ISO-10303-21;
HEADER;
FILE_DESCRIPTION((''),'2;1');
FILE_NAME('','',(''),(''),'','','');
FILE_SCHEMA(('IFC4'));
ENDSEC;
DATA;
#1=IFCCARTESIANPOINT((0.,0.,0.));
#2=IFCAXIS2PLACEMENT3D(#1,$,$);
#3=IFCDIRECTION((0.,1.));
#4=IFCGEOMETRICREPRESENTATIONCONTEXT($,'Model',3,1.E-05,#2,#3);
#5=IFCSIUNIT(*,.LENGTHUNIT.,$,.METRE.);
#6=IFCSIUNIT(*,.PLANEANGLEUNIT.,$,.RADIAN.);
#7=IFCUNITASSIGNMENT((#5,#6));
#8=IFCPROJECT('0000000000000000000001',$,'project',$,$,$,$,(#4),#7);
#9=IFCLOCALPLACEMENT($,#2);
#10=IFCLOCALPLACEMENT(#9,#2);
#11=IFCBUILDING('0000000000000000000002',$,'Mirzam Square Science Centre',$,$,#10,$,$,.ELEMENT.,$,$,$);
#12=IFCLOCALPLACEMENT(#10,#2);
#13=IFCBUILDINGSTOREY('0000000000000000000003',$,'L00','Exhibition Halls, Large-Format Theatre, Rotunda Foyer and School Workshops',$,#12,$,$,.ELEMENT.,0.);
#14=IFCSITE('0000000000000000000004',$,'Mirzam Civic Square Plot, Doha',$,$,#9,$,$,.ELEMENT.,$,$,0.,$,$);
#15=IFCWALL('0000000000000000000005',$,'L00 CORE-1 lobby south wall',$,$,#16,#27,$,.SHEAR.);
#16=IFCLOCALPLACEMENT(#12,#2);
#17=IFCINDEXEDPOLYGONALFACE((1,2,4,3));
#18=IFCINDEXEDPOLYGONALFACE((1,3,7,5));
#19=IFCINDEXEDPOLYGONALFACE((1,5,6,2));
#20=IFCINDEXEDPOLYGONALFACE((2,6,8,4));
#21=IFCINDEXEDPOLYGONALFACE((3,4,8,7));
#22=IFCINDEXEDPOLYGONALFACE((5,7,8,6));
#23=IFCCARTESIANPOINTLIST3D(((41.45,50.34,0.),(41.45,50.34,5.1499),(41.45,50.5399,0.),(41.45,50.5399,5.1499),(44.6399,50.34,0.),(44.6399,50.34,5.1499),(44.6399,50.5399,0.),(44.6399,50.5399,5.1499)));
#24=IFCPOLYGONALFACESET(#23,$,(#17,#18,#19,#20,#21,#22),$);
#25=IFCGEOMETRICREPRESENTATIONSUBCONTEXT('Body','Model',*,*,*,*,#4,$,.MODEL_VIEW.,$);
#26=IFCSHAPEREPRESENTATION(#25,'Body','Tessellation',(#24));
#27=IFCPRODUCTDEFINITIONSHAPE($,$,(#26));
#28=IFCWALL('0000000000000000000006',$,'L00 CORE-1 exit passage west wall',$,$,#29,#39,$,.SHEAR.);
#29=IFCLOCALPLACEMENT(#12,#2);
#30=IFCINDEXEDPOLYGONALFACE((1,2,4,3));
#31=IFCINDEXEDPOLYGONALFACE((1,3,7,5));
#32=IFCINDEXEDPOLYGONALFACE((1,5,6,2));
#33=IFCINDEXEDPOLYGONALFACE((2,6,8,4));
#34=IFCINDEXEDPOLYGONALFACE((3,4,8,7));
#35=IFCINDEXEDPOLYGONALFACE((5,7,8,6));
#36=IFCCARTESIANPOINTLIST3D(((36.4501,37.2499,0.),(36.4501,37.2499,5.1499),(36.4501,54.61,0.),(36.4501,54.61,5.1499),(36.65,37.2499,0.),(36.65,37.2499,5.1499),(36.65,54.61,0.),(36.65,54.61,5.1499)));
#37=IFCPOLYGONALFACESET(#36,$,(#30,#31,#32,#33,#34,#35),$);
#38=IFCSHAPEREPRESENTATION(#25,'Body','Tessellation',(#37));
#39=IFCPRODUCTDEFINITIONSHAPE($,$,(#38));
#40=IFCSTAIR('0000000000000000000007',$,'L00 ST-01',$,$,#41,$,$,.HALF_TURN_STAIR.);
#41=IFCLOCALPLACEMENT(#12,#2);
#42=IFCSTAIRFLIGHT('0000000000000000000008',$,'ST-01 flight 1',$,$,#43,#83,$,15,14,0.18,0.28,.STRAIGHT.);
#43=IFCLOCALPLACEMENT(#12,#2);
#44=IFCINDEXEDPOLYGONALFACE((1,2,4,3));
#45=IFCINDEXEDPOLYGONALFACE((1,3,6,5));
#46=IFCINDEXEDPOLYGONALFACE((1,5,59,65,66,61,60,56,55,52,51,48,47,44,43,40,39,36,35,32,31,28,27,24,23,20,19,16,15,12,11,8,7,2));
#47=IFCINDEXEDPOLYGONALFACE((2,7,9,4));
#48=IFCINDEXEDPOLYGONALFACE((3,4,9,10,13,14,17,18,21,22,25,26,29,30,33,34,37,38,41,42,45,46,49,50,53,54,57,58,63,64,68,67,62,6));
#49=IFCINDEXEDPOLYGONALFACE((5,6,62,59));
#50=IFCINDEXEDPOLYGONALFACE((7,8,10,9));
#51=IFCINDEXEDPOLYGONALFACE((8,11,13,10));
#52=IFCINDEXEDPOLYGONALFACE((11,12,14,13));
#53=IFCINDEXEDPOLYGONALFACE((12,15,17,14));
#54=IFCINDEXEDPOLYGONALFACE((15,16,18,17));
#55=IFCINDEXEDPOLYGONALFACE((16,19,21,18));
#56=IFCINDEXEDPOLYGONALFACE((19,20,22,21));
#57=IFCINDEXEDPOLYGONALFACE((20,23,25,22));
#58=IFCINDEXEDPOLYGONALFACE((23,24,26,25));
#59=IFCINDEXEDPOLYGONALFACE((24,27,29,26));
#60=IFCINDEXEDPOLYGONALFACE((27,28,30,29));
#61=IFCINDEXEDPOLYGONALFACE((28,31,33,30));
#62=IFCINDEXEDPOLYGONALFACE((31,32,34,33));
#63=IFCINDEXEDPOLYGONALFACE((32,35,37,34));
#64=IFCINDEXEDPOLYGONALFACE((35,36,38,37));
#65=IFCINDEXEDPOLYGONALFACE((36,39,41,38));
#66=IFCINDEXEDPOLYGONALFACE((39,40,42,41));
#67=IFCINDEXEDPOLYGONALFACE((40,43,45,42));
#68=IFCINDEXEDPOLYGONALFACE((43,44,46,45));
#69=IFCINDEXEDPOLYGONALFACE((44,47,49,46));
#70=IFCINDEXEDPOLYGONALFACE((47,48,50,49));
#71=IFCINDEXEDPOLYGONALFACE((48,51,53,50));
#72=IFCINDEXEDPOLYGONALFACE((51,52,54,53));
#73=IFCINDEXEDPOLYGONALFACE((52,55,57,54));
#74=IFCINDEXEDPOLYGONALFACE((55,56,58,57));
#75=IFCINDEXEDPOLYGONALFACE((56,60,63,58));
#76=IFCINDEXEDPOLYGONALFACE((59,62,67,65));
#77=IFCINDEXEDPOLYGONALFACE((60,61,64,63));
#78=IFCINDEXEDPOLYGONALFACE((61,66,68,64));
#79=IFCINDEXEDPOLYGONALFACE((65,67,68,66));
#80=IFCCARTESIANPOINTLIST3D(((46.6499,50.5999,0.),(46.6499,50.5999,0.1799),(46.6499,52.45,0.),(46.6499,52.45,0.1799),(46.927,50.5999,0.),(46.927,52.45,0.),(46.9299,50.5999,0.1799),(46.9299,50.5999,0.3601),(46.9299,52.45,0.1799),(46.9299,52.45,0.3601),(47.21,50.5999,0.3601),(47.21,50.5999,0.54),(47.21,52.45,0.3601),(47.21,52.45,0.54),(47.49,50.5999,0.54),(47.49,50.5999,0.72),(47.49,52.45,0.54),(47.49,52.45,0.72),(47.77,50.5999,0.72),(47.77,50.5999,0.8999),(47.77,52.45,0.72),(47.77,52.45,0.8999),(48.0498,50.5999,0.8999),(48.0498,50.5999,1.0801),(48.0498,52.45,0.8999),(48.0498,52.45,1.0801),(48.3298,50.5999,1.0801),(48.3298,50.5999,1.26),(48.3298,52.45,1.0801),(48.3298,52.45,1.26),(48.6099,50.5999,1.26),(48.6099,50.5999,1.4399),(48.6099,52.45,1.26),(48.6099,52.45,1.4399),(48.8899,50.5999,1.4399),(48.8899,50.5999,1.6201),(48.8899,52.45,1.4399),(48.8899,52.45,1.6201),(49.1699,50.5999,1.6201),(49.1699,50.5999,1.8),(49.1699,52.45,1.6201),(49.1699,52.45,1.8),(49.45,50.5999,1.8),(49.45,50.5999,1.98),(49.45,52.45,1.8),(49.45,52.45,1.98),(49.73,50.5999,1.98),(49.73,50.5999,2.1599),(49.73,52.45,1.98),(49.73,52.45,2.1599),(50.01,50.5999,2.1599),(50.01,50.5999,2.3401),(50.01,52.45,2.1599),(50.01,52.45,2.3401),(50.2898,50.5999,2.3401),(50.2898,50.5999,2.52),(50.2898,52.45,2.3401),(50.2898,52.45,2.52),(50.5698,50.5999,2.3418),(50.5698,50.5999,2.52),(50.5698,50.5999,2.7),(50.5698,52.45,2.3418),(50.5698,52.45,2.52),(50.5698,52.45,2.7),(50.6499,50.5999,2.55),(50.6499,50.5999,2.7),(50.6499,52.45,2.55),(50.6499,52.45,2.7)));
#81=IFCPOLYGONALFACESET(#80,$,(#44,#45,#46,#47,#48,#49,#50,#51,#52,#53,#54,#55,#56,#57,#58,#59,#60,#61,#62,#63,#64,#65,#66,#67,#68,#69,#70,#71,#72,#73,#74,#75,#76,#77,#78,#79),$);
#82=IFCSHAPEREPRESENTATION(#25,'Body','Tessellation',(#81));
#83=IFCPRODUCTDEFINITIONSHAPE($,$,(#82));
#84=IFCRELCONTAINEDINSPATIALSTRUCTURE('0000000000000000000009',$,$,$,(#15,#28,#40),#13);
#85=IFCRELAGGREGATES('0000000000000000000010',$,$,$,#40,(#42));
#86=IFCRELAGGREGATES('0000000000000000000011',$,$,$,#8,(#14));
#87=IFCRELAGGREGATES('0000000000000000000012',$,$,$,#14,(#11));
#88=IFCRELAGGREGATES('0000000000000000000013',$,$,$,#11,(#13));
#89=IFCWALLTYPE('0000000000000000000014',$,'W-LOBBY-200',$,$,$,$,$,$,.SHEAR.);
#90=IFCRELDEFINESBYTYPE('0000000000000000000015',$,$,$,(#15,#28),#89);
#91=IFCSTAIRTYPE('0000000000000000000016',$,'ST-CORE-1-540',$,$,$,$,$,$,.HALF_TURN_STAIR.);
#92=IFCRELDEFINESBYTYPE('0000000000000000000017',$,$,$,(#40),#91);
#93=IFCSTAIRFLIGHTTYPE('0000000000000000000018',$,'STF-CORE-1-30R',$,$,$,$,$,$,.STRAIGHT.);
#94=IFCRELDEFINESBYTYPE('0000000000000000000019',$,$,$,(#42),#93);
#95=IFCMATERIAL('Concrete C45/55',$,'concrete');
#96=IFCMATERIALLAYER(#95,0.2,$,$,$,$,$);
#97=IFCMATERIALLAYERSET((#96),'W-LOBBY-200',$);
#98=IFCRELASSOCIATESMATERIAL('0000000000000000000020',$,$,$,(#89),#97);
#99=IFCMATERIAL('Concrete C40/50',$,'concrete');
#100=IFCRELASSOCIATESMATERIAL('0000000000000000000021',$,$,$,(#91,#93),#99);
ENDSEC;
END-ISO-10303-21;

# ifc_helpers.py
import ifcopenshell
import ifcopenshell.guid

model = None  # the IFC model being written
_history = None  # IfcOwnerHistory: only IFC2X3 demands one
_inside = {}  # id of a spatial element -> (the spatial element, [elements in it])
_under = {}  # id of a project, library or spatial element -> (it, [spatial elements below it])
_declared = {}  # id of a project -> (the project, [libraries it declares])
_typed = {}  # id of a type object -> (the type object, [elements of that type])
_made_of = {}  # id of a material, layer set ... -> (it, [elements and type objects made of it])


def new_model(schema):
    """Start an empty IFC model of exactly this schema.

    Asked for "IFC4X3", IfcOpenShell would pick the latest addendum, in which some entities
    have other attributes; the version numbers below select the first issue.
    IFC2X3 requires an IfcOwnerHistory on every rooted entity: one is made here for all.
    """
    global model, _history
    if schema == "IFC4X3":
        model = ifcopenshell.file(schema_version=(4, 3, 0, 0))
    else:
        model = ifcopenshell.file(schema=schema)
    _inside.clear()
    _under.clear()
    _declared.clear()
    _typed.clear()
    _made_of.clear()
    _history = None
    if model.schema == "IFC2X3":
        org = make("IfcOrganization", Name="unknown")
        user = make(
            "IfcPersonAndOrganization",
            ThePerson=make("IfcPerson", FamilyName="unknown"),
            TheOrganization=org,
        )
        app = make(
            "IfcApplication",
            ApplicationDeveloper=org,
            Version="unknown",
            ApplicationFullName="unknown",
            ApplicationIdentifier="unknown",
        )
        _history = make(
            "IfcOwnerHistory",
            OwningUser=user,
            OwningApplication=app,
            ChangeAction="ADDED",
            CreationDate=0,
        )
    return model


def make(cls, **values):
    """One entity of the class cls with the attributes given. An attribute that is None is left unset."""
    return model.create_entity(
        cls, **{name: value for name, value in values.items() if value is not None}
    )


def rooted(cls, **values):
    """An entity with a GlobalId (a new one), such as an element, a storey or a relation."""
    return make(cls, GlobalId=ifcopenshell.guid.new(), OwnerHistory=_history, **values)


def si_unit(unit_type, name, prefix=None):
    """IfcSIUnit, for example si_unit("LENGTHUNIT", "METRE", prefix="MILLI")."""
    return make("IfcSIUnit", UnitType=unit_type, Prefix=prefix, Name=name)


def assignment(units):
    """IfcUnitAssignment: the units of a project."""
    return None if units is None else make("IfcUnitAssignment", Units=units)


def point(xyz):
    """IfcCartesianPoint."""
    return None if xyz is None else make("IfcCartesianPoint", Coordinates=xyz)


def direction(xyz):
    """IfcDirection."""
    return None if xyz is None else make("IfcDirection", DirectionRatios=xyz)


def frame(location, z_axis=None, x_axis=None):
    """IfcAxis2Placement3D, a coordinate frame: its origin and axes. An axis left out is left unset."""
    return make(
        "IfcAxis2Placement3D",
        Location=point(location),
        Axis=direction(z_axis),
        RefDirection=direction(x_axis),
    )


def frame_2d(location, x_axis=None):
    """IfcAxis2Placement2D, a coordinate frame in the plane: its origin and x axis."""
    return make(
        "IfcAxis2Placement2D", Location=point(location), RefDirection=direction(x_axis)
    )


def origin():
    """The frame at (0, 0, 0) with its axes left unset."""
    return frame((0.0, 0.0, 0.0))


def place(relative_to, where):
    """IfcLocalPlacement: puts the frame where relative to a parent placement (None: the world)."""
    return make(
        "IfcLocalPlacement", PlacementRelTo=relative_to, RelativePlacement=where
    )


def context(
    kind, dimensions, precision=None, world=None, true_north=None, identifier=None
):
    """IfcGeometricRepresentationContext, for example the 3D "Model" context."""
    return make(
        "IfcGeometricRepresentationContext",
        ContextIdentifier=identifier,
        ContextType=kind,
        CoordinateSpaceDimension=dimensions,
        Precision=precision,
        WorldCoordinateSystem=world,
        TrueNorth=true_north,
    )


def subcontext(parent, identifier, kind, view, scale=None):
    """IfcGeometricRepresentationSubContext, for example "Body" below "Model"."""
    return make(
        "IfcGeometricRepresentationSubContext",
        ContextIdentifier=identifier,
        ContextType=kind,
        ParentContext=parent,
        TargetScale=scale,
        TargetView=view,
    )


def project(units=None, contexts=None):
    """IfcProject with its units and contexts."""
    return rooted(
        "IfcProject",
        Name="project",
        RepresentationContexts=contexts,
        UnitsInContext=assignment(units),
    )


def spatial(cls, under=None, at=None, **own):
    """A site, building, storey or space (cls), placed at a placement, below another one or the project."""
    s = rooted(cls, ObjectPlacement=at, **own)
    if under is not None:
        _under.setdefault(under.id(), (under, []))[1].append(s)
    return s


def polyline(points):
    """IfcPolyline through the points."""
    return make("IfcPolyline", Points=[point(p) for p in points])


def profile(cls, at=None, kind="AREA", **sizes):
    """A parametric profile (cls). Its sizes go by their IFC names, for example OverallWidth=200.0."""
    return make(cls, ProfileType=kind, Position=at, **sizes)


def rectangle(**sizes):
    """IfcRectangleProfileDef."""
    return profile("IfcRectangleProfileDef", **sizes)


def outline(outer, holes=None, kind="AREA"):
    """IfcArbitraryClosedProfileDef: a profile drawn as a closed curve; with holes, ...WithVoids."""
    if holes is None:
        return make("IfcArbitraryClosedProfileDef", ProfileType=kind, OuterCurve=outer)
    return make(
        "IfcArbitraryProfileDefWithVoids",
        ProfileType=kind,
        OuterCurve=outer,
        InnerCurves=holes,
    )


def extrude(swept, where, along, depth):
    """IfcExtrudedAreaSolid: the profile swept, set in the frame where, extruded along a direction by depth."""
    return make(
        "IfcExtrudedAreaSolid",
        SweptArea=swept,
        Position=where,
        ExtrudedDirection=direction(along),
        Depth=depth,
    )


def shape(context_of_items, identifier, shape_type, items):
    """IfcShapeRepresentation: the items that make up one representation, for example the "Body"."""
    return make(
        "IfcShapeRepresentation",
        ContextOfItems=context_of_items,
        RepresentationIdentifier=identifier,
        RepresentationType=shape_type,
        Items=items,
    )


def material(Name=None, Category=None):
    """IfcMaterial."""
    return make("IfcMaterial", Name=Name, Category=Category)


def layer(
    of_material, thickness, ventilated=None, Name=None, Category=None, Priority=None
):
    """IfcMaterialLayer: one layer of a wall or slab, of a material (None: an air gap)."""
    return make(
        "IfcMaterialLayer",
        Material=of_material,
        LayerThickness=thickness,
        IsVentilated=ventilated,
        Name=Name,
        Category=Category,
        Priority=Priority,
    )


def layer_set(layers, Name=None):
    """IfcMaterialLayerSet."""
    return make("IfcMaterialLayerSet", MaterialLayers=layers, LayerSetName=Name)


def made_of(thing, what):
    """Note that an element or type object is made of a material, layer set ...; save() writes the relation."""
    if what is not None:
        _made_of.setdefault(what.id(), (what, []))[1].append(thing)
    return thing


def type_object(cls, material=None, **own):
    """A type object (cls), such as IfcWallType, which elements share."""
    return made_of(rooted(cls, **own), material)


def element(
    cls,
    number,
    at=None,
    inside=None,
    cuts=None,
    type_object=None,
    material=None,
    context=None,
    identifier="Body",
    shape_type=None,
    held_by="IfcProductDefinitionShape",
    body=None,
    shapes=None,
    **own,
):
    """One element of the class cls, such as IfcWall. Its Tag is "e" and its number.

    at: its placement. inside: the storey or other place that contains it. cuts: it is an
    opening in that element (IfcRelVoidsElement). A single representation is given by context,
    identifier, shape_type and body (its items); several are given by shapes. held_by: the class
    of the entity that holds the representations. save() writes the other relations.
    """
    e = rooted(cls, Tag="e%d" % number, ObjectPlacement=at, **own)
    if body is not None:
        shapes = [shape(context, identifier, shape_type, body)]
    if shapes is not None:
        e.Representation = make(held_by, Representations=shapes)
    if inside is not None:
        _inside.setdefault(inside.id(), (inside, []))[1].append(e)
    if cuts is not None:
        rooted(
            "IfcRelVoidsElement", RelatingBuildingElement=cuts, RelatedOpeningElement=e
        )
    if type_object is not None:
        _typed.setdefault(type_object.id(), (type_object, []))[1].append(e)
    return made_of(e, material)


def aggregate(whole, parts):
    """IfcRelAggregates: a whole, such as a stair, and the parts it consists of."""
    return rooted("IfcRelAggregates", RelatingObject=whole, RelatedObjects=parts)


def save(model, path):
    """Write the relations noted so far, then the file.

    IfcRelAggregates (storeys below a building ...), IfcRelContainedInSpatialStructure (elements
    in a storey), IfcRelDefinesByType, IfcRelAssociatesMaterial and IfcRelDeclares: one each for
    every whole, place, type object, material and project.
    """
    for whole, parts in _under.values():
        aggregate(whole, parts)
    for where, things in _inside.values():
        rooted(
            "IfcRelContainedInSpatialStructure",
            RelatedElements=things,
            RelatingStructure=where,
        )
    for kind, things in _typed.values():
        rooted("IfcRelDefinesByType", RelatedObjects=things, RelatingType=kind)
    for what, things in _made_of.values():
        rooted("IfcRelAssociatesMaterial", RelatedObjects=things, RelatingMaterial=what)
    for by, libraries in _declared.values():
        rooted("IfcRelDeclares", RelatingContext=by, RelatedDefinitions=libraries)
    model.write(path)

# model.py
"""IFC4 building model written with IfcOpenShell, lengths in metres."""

from ifc_helpers import new_model, si_unit, direction, frame, frame_2d, origin, place, context, subcontext, project, spatial, polyline, rectangle, outline, extrude, material, layer, layer_set, type_object, element, aggregate, save


model = new_model("IFC4")

# Units and contexts
model_context = context("Model", 3, precision=1e-05, world=origin(), true_north=direction((0.0, 1.0)))
body_context = subcontext(model_context, "Body", "Model", "MODEL_VIEW")
ifc_project = project(units=[si_unit("LENGTHUNIT", "METRE"), si_unit("PLANEANGLEUNIT", "RADIAN")], contexts=[model_context])

# Site, building, storey
site_placement = place(None, origin())
site = spatial("IfcSite", under=ifc_project, at=site_placement, Name="Mirzam Civic Square Plot, Doha", CompositionType="ELEMENT", RefElevation=0.0)
building_placement = place(site_placement, origin())
building = spatial("IfcBuilding", under=site, at=building_placement, Name="Mirzam Square Science Centre", CompositionType="ELEMENT")
storey_placement = place(building_placement, origin())
storey = spatial("IfcBuildingStorey", under=building, at=storey_placement, Name="L00", Description="Exhibition Halls, Large-Format Theatre, Rotunda Foyer and School Workshops", CompositionType="ELEMENT", Elevation=0.0)

# Shared definitions
ifc_material_1 = material(Name="Concrete C45/55", Category="concrete")

# Shared definitions
ifc_layer_1 = layer(ifc_material_1, 0.2)
ifc_layer_set_1 = layer_set([ifc_layer_1], Name="W-LOBBY-200")
wall_type_1 = type_object("IfcWallType", Name="W-LOBBY-200", PredefinedType="SHEAR", material=ifc_layer_set_1)

# Walls
wall_1_placement = place(storey_placement, frame((41.45, 50.4399, 0.0), z_axis=(0.0, 0.0, 1.0), x_axis=(1.0, 0.0, 0.0)))
element("IfcWall", 1, at=wall_1_placement, inside=storey, type_object=wall_type_1, Name="L00 CORE-1 lobby south wall", PredefinedType="SHEAR", context=body_context, shape_type="SweptSolid", body=[
    extrude(rectangle(XDim=3.1899, YDim=0.2, at=frame_2d((1.595, 0.0))), origin(), (0.0, 0.0, 1.0), 5.1499),
])
wall_2_placement = place(storey_placement, frame((36.55, 54.6101, 0.0), z_axis=(0.0, 0.0, 1.0), x_axis=(0.0, -1.0, 0.0)))
element("IfcWall", 2, at=wall_2_placement, inside=storey, type_object=wall_type_1, Name="L00 CORE-1 exit passage west wall", PredefinedType="SHEAR", context=body_context, shape_type="SweptSolid", body=[
    extrude(rectangle(XDim=17.3601, YDim=0.2, at=frame_2d((8.6802, 0.0))), origin(), (0.0, 0.0, 1.0), 5.1499),
])

# Stair, stair flight
ifc_material_2 = material(Name="Concrete C40/50", Category="concrete")
stair_type = type_object("IfcStairType", Name="ST-CORE-1-540", PredefinedType="HALF_TURN_STAIR", material=ifc_material_2)
stair_placement = place(storey_placement, origin())
stair = element("IfcStair", 3, at=stair_placement, inside=storey, type_object=stair_type, Name="L00 ST-01", PredefinedType="HALF_TURN_STAIR")
stair_flight_type = type_object("IfcStairFlightType", Name="STF-CORE-1-30R", PredefinedType="STRAIGHT", material=ifc_material_2)
stair_flight_placement = place(storey_placement, frame((46.6499, 51.5249, 0.0), z_axis=(0.0, 0.0, 1.0), x_axis=(1.0, 0.0, 0.0)))
stair_flight = element("IfcStairFlight", 4, at=stair_flight_placement, type_object=stair_flight_type, Name="ST-01 flight 1", NumberOfRisers=15, NumberOfTreads=14, PredefinedType="STRAIGHT", RiserHeight=0.18, TreadLength=0.28, context=body_context, shape_type="SweptSolid", body=[
    extrude(outline(polyline([(0.0, 0.0), (0.0, 0.1799), (0.28, 0.1799), (0.28, 0.3601), (0.5601, 0.3601), (0.5601, 0.54), (0.8401, 0.54), (0.8401, 0.72), (1.1201, 0.72), (1.1201, 0.8999), (1.3999, 0.8999), (1.3999, 1.0801), (1.6799, 1.0801), (1.6799, 1.26), (1.96, 1.26), (1.96, 1.4399), (2.24, 1.4399), (2.24, 1.6201), (2.52, 1.6201), (2.52, 1.8), (2.8, 1.8), (2.8, 1.98), (3.0801, 1.98), (3.0801, 2.1599), (3.3601, 2.1599), (3.3601, 2.3401), (3.6399, 2.3401), (3.6399, 2.52), (3.9199, 2.52), (3.9199, 2.7), (4.0, 2.7), (4.0, 2.55), (3.9199, 2.3418), (0.2771, 0.0), (0.0, 0.0)])), frame((0.0, 0.925, 0.0), z_axis=(0.0, -1.0, 0.0), x_axis=(1.0, 0.0, 0.0)), (0.0, 0.0, 1.0), 1.8501),
])
aggregate(stair, [stair_flight])

save(model, "model.ifc")
